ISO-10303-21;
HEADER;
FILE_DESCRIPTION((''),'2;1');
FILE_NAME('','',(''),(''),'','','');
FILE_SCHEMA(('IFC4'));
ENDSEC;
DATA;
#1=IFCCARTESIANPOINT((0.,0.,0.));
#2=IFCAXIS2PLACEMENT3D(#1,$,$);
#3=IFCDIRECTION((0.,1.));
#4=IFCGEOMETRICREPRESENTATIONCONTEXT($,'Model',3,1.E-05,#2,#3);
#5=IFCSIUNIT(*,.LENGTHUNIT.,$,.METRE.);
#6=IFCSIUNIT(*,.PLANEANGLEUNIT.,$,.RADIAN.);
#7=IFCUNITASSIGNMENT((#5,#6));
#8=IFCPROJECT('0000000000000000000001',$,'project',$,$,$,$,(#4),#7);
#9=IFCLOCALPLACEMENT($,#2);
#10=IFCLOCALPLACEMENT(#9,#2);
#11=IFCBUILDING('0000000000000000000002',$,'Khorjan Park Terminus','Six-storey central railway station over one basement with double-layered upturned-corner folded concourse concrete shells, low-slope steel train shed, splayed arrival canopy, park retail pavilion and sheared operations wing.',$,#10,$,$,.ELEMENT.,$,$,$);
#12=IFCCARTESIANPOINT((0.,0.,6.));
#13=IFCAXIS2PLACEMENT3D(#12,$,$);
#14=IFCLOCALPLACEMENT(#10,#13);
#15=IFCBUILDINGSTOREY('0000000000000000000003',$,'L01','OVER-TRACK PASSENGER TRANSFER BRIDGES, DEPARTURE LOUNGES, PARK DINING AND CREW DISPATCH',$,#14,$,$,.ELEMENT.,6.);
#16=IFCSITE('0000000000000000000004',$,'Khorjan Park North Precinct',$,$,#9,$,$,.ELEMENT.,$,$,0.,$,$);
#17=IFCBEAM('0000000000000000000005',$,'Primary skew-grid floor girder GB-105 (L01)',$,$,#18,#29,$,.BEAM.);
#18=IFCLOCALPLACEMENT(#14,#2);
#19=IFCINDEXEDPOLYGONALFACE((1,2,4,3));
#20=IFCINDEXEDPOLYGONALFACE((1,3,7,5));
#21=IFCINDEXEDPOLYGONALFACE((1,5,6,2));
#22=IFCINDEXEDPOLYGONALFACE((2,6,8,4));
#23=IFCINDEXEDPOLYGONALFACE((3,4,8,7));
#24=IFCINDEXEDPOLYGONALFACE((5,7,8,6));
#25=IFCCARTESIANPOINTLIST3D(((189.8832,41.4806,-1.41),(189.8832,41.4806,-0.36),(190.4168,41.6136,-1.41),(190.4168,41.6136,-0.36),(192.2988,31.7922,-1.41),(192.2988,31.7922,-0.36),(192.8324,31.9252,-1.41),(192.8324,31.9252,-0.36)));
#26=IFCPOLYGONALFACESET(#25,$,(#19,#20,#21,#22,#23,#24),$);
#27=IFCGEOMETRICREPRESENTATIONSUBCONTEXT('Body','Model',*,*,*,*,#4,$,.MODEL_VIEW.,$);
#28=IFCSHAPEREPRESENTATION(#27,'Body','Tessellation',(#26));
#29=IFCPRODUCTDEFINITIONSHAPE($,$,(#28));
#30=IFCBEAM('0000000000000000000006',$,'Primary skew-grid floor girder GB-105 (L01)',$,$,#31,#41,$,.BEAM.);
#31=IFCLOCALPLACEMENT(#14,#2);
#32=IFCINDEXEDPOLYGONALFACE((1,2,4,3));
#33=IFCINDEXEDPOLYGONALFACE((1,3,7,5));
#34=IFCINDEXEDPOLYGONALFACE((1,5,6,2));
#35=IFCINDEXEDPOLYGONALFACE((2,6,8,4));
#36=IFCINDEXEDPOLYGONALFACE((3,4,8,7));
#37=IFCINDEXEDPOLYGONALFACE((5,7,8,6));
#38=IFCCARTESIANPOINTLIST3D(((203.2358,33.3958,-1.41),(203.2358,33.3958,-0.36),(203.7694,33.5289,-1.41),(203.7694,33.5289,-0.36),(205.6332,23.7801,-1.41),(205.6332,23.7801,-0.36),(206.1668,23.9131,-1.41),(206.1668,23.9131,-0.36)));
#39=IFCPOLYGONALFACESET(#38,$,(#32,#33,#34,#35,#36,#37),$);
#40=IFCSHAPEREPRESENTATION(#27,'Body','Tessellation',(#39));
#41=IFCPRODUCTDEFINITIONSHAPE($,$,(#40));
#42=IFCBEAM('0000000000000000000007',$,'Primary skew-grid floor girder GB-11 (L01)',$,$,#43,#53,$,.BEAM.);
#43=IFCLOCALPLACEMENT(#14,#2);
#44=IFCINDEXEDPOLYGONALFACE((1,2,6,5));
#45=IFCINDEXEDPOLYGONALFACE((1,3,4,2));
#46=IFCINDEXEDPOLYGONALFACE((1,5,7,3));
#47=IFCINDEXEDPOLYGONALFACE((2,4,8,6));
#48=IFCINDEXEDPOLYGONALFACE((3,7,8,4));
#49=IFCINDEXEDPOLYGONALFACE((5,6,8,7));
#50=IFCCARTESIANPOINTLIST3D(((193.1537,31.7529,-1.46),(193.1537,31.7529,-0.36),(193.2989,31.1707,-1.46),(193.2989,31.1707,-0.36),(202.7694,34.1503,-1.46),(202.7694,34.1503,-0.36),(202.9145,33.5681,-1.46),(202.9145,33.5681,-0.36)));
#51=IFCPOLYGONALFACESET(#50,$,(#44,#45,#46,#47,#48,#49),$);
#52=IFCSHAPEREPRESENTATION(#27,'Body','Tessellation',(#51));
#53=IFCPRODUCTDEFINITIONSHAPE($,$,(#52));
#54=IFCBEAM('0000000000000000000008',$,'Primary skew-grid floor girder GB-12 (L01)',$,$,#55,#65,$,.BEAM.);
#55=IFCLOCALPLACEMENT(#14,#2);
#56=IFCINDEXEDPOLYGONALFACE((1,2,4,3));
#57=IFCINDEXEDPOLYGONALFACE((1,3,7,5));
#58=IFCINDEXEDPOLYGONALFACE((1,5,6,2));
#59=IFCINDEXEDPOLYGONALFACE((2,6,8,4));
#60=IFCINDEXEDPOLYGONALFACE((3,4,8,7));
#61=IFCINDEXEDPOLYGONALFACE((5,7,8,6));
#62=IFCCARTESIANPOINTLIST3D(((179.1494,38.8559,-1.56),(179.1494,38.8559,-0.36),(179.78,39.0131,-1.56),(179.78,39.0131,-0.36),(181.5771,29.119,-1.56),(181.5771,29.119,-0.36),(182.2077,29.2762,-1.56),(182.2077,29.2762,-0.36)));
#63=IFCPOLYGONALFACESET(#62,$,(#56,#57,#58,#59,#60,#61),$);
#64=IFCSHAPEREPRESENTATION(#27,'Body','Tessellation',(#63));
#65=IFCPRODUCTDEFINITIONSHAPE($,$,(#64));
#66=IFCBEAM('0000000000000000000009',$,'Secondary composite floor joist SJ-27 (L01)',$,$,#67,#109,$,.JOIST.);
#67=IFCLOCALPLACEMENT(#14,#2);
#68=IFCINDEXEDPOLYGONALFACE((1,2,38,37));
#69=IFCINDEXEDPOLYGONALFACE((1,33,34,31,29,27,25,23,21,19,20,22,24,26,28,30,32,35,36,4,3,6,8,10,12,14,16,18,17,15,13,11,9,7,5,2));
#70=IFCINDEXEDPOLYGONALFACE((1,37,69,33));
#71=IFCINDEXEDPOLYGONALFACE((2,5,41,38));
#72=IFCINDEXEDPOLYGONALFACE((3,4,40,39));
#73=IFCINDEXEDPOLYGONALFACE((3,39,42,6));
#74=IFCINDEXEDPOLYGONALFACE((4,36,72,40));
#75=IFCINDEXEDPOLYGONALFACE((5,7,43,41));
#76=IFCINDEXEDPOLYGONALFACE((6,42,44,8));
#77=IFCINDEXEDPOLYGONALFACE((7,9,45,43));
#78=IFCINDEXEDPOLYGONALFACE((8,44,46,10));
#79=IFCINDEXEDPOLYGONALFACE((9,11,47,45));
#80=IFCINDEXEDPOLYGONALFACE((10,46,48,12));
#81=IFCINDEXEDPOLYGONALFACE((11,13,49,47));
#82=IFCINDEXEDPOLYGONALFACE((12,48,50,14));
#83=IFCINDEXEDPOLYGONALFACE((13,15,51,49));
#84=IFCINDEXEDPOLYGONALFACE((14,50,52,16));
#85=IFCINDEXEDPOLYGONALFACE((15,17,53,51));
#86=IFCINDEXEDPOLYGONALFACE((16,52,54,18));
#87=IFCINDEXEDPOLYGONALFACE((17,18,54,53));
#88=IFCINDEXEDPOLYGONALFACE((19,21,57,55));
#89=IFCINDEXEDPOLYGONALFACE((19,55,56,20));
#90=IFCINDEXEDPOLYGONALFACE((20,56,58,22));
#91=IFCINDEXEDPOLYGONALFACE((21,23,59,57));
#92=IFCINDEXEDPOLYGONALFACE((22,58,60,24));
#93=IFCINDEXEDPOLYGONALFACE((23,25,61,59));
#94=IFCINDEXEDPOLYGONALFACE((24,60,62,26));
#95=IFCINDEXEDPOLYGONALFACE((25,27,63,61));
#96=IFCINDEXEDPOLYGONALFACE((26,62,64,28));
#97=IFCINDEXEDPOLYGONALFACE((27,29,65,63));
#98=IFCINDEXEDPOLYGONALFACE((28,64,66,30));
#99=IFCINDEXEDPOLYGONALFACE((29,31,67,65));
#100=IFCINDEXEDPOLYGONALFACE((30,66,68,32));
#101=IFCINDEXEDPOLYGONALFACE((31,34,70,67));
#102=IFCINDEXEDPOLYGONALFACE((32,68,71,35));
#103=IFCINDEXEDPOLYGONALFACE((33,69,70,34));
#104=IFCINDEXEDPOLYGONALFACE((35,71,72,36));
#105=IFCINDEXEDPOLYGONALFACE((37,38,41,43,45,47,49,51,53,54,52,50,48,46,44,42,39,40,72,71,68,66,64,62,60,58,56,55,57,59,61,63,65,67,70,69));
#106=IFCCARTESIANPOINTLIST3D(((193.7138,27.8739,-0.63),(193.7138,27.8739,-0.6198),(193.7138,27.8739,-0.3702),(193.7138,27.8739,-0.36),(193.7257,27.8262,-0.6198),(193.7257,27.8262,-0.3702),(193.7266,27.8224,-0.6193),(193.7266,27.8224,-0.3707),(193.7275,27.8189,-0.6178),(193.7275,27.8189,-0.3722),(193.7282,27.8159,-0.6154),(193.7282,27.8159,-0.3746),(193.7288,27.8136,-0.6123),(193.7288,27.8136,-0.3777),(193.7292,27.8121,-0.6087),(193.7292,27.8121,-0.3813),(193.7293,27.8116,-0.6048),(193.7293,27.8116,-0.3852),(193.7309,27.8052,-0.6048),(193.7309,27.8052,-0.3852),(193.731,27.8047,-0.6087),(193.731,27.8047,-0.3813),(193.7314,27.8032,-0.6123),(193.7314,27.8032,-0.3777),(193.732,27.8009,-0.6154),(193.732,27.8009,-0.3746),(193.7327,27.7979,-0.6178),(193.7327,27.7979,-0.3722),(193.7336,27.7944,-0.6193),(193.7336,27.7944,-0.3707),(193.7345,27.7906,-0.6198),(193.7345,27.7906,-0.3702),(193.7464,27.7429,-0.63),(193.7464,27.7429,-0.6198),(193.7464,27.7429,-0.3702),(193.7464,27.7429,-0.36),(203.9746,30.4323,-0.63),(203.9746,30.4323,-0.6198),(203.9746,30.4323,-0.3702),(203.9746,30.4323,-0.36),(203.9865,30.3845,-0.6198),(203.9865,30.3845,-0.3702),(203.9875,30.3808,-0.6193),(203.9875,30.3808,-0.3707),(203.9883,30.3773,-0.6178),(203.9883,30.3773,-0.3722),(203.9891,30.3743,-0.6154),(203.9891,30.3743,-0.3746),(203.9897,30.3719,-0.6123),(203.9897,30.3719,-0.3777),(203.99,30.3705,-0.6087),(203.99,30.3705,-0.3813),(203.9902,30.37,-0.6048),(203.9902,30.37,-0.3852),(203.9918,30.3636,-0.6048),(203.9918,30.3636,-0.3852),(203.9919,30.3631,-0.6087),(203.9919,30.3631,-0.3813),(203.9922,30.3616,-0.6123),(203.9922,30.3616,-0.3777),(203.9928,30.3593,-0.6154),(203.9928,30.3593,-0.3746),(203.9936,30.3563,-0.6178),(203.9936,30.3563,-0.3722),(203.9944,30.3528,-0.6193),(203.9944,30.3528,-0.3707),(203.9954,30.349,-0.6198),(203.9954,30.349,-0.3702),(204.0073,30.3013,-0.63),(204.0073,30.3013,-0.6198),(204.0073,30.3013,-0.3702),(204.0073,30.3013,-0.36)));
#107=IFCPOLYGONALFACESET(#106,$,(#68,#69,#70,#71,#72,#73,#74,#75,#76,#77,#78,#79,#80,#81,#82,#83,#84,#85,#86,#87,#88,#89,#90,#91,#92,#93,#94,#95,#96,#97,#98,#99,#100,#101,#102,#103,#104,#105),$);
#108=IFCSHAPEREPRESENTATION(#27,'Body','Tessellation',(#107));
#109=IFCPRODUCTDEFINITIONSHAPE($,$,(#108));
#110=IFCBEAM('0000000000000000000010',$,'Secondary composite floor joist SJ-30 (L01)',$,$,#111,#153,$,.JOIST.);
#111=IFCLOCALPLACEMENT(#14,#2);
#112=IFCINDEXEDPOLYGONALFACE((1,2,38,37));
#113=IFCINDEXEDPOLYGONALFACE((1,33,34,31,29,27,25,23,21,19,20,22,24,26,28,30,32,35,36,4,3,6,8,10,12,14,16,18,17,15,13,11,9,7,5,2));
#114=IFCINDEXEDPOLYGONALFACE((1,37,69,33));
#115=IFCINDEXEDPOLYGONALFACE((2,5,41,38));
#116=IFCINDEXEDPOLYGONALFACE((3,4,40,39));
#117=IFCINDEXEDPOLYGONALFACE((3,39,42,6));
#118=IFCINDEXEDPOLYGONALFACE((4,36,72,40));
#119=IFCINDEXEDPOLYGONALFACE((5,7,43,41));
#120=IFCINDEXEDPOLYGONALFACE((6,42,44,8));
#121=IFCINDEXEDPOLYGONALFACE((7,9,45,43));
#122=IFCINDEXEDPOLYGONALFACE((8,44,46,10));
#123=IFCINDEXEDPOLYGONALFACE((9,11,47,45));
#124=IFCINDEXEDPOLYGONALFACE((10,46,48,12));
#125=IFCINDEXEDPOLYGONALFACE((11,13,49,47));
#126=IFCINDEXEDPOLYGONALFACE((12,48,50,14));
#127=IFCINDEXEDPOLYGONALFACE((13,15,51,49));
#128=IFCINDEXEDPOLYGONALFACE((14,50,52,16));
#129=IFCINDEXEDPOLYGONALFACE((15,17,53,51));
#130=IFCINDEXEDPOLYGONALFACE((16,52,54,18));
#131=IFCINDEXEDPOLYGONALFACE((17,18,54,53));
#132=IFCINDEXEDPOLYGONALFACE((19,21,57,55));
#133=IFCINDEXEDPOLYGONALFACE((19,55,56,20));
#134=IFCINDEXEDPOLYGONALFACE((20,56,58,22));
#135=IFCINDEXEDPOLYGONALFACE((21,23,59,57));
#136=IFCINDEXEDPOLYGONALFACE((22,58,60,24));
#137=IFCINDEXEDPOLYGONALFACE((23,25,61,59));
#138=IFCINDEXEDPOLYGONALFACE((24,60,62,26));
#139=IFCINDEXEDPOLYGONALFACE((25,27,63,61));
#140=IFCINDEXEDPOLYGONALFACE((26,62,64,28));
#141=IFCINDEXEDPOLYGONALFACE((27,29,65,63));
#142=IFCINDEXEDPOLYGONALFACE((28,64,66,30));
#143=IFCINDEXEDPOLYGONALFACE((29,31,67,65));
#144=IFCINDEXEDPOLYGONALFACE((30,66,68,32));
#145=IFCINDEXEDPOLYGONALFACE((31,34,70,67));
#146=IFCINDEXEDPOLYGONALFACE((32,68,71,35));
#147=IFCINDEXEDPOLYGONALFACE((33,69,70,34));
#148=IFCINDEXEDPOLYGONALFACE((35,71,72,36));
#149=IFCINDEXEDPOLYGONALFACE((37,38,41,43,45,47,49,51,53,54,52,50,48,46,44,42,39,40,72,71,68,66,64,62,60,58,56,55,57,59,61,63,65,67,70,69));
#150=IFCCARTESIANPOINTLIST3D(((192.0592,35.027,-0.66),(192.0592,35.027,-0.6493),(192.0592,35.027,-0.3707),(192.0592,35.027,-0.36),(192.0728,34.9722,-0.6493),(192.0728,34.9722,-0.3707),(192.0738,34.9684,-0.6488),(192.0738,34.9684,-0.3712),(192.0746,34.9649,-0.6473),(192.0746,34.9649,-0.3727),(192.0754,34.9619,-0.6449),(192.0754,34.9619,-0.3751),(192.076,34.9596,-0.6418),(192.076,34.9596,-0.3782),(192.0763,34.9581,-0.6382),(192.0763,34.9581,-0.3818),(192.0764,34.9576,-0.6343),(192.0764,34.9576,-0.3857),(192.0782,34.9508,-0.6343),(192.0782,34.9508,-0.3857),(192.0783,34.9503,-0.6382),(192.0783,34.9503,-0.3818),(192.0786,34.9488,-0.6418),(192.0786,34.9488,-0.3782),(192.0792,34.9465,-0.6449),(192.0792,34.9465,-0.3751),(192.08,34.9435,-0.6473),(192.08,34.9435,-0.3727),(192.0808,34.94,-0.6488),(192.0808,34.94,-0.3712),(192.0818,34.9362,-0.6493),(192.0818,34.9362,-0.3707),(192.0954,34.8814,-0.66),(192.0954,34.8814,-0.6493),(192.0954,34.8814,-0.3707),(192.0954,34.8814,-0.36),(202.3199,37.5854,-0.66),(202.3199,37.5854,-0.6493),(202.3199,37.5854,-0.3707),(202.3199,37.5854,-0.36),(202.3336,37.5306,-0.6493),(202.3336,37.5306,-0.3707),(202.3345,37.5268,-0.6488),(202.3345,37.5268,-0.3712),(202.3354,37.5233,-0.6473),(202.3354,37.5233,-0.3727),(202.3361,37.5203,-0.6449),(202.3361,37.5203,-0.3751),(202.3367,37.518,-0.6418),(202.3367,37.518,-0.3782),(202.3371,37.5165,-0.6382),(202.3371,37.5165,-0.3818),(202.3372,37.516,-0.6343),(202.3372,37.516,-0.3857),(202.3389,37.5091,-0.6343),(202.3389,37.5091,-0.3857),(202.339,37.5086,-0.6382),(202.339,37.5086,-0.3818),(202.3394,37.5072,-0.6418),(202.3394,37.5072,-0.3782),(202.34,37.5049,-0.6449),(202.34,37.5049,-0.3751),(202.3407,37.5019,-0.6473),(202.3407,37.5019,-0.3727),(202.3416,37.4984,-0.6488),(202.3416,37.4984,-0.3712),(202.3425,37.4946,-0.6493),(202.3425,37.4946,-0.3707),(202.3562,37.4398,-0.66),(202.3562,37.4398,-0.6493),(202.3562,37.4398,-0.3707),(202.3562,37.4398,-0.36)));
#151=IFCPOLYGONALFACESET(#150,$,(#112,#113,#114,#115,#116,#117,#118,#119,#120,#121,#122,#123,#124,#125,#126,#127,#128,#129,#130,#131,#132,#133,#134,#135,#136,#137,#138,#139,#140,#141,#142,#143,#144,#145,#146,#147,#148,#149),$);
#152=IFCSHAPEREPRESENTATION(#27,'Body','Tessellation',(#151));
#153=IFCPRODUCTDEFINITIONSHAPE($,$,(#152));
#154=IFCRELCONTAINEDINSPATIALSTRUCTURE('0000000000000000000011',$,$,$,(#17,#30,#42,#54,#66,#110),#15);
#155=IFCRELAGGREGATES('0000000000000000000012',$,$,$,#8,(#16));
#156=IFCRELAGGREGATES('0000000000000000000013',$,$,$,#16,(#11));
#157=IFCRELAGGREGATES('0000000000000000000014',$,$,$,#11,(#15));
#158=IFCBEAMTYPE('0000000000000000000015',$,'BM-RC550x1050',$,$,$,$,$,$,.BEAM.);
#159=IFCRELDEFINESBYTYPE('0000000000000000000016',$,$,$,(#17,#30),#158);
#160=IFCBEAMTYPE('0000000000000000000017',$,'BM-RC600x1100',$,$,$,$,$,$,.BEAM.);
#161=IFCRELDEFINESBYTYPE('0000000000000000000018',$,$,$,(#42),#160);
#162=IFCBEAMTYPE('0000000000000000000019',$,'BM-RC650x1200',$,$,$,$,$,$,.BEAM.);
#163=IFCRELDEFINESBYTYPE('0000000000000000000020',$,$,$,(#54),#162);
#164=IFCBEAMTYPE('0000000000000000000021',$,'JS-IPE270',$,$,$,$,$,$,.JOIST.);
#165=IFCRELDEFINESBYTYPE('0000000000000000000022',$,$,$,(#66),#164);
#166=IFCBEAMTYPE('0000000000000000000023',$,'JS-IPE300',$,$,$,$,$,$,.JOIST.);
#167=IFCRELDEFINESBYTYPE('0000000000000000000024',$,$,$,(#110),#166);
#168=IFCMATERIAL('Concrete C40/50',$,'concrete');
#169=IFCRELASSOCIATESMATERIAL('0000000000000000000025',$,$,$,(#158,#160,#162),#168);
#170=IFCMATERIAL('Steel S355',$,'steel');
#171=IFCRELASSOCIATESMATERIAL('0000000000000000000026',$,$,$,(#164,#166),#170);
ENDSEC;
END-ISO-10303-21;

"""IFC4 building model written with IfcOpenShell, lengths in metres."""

from ifc_helpers import new_model, si_unit, direction, frame, origin, origin_2d, place, context, subcontext, project, spatial, rectangle, i_section, extrude, material, material_profile, profile_set, type_object, element, save


model = new_model("IFC4")

# Units and contexts
model_context = context("Model", 3, precision=1e-05, world=origin(), true_north=direction((0.0, 1.0)))
body_context = subcontext(model_context, "Body", "Model", "MODEL_VIEW")
ifc_project = project(units=[si_unit("LENGTHUNIT", "METRE"), si_unit("PLANEANGLEUNIT", "RADIAN")], contexts=[model_context])

# Site, building, storey
site_placement = place(None, origin())
site = spatial("IfcSite", under=ifc_project, at=site_placement, Name="Khorjan Park North Precinct", CompositionType="ELEMENT", RefElevation=0.0)
building_placement = place(site_placement, origin())
building = spatial("IfcBuilding", under=site, at=building_placement, Name="Khorjan Park Terminus", Description="Six-storey central railway station over one basement with double-layered upturned-corner folded concourse concrete shells, low-slope steel train shed, splayed arrival canopy, park retail pavilion and sheared operations wing.", CompositionType="ELEMENT")
storey_placement = place(building_placement, frame((0.0, 0.0, 6.0)))
storey = spatial("IfcBuildingStorey", under=building, at=storey_placement, Name="L01", Description="OVER-TRACK PASSENGER TRANSFER BRIDGES, DEPARTURE LOUNGES, PARK DINING AND CREW DISPATCH", CompositionType="ELEMENT", Elevation=6.0)

# Beams
ifc_material_1 = material(Name="Steel S355", Category="steel")
ifc_material_2 = material(Name="Concrete C40/50", Category="concrete")
ifc_material_profile_1 = material_profile(ifc_material_2, rectangle(XDim=0.55, YDim=1.05, at=origin_2d()), Name="RC 550x1050")
ifc_profile_set_1 = profile_set([ifc_material_profile_1], Name="Concrete C40/50")
beam_type_1 = type_object("IfcBeamType", Name="BM-RC550x1050", PredefinedType="BEAM", material=ifc_profile_set_1)
beam_1_placement = place(storey_placement, frame((192.5656, 31.8587, -0.885), z_axis=(-0.241923, 0.970295, 0.0), x_axis=(-0.970295, -0.241923, 0.0)))
element("IfcBeam", 1, at=beam_1_placement, inside=storey, type_object=beam_type_1, Name="Primary skew-grid floor girder GB-105 (L01)", PredefinedType="BEAM", context=body_context, shape_type="SweptSolid", body=[
    extrude(rectangle(XDim=0.55, YDim=1.05, at=origin_2d()), origin(), (0.0, 0.0, 1.0), 9.985),
])
beam_2_placement = place(storey_placement, frame((205.9, 23.8466, -0.885), z_axis=(-0.241916, 0.970297, 0.0), x_axis=(-0.970297, -0.241916, 0.0)))
element("IfcBeam", 2, at=beam_2_placement, inside=storey, type_object=beam_type_1, Name="Primary skew-grid floor girder GB-105 (L01)", PredefinedType="BEAM", context=body_context, shape_type="SweptSolid", body=[
    extrude(rectangle(XDim=0.55, YDim=1.05, at=origin_2d()), origin(), (0.0, 0.0, 1.0), 9.9101),
])
ifc_material_profile_2 = material_profile(ifc_material_2, rectangle(XDim=0.6, YDim=1.1, at=origin_2d()), Name="RC 600x1100")
ifc_profile_set_2 = profile_set([ifc_material_profile_2], Name="Concrete C40/50")
beam_type_2 = type_object("IfcBeamType", Name="BM-RC600x1100", PredefinedType="BEAM", material=ifc_profile_set_2)
beam_3_placement = place(storey_placement, frame((193.2263, 31.4618, -0.91), z_axis=(0.970297, 0.241918, 0.0), x_axis=(-0.241918, 0.970297, 0.0)))
element("IfcBeam", 3, at=beam_3_placement, inside=storey, type_object=beam_type_2, Name="Primary skew-grid floor girder GB-11 (L01)", PredefinedType="BEAM", context=body_context, shape_type="SweptSolid", body=[
    extrude(rectangle(XDim=0.6, YDim=1.1, at=origin_2d()), origin(), (0.0, 0.0, 1.0), 9.91),
])
ifc_material_profile_3 = material_profile(ifc_material_2, rectangle(XDim=0.65, YDim=1.2, at=origin_2d()), Name="RC 650x1200")
ifc_profile_set_3 = profile_set([ifc_material_profile_3], Name="Concrete C40/50")
beam_type_3 = type_object("IfcBeamType", Name="BM-RC650x1200", PredefinedType="BEAM", material=ifc_profile_set_3)
beam_4_placement = place(storey_placement, frame((181.8924, 29.1976, -0.96), z_axis=(-0.241924, 0.970295, 0.0), x_axis=(-0.970295, -0.241924, 0.0)))
element("IfcBeam", 4, at=beam_4_placement, inside=storey, type_object=beam_type_3, Name="Primary skew-grid floor girder GB-12 (L01)", PredefinedType="BEAM", context=body_context, shape_type="SweptSolid", body=[
    extrude(rectangle(XDim=0.65, YDim=1.2, at=origin_2d()), origin(), (0.0, 0.0, 1.0), 10.035),
])
ifc_material_profile_4 = material_profile(ifc_material_1, i_section(OverallWidth=0.135, OverallDepth=0.27, WebThickness=0.0066, FlangeThickness=0.0102, FilletRadius=0.015, at=origin_2d()), Name="IPE 270")
ifc_profile_set_4 = profile_set([ifc_material_profile_4], Name="Steel S355")
beam_type_4 = type_object("IfcBeamType", Name="JS-IPE270", PredefinedType="JOIST", material=ifc_profile_set_4)
beam_5_placement = place(storey_placement, frame((193.7301, 27.8084, -0.495), z_axis=(0.970294, 0.241928, 0.0), x_axis=(-0.241928, 0.970294, 0.0)))
element("IfcBeam", 5, at=beam_5_placement, inside=storey, type_object=beam_type_4, Name="Secondary composite floor joist SJ-27 (L01)", PredefinedType="JOIST", context=body_context, shape_type="SweptSolid", body=[
    extrude(i_section(OverallWidth=0.135, OverallDepth=0.27, WebThickness=0.0066, FlangeThickness=0.0102, FilletRadius=0.015, at=origin_2d()), origin(), (0.0, 0.0, 1.0), 10.575),
])
ifc_material_profile_5 = material_profile(ifc_material_1, i_section(OverallWidth=0.15, OverallDepth=0.3, WebThickness=0.0071, FlangeThickness=0.0107, FilletRadius=0.015, at=origin_2d()), Name="IPE 300")
ifc_profile_set_5 = profile_set([ifc_material_profile_5], Name="Steel S355")
beam_type_5 = type_object("IfcBeamType", Name="JS-IPE300", PredefinedType="JOIST", material=ifc_profile_set_5)
beam_6_placement = place(storey_placement, frame((192.0773, 34.9542, -0.51), z_axis=(0.970294, 0.24193, 0.0), x_axis=(-0.24193, 0.970294, 0.0)))
element("IfcBeam", 6, at=beam_6_placement, inside=storey, type_object=beam_type_5, Name="Secondary composite floor joist SJ-30 (L01)", PredefinedType="JOIST", context=body_context, shape_type="SweptSolid", body=[
    extrude(i_section(OverallWidth=0.15, OverallDepth=0.3, WebThickness=0.0071, FlangeThickness=0.0107, FilletRadius=0.015, at=origin_2d()), origin(), (0.0, 0.0, 1.0), 10.5749),
])

save(model, "model.ifc")
